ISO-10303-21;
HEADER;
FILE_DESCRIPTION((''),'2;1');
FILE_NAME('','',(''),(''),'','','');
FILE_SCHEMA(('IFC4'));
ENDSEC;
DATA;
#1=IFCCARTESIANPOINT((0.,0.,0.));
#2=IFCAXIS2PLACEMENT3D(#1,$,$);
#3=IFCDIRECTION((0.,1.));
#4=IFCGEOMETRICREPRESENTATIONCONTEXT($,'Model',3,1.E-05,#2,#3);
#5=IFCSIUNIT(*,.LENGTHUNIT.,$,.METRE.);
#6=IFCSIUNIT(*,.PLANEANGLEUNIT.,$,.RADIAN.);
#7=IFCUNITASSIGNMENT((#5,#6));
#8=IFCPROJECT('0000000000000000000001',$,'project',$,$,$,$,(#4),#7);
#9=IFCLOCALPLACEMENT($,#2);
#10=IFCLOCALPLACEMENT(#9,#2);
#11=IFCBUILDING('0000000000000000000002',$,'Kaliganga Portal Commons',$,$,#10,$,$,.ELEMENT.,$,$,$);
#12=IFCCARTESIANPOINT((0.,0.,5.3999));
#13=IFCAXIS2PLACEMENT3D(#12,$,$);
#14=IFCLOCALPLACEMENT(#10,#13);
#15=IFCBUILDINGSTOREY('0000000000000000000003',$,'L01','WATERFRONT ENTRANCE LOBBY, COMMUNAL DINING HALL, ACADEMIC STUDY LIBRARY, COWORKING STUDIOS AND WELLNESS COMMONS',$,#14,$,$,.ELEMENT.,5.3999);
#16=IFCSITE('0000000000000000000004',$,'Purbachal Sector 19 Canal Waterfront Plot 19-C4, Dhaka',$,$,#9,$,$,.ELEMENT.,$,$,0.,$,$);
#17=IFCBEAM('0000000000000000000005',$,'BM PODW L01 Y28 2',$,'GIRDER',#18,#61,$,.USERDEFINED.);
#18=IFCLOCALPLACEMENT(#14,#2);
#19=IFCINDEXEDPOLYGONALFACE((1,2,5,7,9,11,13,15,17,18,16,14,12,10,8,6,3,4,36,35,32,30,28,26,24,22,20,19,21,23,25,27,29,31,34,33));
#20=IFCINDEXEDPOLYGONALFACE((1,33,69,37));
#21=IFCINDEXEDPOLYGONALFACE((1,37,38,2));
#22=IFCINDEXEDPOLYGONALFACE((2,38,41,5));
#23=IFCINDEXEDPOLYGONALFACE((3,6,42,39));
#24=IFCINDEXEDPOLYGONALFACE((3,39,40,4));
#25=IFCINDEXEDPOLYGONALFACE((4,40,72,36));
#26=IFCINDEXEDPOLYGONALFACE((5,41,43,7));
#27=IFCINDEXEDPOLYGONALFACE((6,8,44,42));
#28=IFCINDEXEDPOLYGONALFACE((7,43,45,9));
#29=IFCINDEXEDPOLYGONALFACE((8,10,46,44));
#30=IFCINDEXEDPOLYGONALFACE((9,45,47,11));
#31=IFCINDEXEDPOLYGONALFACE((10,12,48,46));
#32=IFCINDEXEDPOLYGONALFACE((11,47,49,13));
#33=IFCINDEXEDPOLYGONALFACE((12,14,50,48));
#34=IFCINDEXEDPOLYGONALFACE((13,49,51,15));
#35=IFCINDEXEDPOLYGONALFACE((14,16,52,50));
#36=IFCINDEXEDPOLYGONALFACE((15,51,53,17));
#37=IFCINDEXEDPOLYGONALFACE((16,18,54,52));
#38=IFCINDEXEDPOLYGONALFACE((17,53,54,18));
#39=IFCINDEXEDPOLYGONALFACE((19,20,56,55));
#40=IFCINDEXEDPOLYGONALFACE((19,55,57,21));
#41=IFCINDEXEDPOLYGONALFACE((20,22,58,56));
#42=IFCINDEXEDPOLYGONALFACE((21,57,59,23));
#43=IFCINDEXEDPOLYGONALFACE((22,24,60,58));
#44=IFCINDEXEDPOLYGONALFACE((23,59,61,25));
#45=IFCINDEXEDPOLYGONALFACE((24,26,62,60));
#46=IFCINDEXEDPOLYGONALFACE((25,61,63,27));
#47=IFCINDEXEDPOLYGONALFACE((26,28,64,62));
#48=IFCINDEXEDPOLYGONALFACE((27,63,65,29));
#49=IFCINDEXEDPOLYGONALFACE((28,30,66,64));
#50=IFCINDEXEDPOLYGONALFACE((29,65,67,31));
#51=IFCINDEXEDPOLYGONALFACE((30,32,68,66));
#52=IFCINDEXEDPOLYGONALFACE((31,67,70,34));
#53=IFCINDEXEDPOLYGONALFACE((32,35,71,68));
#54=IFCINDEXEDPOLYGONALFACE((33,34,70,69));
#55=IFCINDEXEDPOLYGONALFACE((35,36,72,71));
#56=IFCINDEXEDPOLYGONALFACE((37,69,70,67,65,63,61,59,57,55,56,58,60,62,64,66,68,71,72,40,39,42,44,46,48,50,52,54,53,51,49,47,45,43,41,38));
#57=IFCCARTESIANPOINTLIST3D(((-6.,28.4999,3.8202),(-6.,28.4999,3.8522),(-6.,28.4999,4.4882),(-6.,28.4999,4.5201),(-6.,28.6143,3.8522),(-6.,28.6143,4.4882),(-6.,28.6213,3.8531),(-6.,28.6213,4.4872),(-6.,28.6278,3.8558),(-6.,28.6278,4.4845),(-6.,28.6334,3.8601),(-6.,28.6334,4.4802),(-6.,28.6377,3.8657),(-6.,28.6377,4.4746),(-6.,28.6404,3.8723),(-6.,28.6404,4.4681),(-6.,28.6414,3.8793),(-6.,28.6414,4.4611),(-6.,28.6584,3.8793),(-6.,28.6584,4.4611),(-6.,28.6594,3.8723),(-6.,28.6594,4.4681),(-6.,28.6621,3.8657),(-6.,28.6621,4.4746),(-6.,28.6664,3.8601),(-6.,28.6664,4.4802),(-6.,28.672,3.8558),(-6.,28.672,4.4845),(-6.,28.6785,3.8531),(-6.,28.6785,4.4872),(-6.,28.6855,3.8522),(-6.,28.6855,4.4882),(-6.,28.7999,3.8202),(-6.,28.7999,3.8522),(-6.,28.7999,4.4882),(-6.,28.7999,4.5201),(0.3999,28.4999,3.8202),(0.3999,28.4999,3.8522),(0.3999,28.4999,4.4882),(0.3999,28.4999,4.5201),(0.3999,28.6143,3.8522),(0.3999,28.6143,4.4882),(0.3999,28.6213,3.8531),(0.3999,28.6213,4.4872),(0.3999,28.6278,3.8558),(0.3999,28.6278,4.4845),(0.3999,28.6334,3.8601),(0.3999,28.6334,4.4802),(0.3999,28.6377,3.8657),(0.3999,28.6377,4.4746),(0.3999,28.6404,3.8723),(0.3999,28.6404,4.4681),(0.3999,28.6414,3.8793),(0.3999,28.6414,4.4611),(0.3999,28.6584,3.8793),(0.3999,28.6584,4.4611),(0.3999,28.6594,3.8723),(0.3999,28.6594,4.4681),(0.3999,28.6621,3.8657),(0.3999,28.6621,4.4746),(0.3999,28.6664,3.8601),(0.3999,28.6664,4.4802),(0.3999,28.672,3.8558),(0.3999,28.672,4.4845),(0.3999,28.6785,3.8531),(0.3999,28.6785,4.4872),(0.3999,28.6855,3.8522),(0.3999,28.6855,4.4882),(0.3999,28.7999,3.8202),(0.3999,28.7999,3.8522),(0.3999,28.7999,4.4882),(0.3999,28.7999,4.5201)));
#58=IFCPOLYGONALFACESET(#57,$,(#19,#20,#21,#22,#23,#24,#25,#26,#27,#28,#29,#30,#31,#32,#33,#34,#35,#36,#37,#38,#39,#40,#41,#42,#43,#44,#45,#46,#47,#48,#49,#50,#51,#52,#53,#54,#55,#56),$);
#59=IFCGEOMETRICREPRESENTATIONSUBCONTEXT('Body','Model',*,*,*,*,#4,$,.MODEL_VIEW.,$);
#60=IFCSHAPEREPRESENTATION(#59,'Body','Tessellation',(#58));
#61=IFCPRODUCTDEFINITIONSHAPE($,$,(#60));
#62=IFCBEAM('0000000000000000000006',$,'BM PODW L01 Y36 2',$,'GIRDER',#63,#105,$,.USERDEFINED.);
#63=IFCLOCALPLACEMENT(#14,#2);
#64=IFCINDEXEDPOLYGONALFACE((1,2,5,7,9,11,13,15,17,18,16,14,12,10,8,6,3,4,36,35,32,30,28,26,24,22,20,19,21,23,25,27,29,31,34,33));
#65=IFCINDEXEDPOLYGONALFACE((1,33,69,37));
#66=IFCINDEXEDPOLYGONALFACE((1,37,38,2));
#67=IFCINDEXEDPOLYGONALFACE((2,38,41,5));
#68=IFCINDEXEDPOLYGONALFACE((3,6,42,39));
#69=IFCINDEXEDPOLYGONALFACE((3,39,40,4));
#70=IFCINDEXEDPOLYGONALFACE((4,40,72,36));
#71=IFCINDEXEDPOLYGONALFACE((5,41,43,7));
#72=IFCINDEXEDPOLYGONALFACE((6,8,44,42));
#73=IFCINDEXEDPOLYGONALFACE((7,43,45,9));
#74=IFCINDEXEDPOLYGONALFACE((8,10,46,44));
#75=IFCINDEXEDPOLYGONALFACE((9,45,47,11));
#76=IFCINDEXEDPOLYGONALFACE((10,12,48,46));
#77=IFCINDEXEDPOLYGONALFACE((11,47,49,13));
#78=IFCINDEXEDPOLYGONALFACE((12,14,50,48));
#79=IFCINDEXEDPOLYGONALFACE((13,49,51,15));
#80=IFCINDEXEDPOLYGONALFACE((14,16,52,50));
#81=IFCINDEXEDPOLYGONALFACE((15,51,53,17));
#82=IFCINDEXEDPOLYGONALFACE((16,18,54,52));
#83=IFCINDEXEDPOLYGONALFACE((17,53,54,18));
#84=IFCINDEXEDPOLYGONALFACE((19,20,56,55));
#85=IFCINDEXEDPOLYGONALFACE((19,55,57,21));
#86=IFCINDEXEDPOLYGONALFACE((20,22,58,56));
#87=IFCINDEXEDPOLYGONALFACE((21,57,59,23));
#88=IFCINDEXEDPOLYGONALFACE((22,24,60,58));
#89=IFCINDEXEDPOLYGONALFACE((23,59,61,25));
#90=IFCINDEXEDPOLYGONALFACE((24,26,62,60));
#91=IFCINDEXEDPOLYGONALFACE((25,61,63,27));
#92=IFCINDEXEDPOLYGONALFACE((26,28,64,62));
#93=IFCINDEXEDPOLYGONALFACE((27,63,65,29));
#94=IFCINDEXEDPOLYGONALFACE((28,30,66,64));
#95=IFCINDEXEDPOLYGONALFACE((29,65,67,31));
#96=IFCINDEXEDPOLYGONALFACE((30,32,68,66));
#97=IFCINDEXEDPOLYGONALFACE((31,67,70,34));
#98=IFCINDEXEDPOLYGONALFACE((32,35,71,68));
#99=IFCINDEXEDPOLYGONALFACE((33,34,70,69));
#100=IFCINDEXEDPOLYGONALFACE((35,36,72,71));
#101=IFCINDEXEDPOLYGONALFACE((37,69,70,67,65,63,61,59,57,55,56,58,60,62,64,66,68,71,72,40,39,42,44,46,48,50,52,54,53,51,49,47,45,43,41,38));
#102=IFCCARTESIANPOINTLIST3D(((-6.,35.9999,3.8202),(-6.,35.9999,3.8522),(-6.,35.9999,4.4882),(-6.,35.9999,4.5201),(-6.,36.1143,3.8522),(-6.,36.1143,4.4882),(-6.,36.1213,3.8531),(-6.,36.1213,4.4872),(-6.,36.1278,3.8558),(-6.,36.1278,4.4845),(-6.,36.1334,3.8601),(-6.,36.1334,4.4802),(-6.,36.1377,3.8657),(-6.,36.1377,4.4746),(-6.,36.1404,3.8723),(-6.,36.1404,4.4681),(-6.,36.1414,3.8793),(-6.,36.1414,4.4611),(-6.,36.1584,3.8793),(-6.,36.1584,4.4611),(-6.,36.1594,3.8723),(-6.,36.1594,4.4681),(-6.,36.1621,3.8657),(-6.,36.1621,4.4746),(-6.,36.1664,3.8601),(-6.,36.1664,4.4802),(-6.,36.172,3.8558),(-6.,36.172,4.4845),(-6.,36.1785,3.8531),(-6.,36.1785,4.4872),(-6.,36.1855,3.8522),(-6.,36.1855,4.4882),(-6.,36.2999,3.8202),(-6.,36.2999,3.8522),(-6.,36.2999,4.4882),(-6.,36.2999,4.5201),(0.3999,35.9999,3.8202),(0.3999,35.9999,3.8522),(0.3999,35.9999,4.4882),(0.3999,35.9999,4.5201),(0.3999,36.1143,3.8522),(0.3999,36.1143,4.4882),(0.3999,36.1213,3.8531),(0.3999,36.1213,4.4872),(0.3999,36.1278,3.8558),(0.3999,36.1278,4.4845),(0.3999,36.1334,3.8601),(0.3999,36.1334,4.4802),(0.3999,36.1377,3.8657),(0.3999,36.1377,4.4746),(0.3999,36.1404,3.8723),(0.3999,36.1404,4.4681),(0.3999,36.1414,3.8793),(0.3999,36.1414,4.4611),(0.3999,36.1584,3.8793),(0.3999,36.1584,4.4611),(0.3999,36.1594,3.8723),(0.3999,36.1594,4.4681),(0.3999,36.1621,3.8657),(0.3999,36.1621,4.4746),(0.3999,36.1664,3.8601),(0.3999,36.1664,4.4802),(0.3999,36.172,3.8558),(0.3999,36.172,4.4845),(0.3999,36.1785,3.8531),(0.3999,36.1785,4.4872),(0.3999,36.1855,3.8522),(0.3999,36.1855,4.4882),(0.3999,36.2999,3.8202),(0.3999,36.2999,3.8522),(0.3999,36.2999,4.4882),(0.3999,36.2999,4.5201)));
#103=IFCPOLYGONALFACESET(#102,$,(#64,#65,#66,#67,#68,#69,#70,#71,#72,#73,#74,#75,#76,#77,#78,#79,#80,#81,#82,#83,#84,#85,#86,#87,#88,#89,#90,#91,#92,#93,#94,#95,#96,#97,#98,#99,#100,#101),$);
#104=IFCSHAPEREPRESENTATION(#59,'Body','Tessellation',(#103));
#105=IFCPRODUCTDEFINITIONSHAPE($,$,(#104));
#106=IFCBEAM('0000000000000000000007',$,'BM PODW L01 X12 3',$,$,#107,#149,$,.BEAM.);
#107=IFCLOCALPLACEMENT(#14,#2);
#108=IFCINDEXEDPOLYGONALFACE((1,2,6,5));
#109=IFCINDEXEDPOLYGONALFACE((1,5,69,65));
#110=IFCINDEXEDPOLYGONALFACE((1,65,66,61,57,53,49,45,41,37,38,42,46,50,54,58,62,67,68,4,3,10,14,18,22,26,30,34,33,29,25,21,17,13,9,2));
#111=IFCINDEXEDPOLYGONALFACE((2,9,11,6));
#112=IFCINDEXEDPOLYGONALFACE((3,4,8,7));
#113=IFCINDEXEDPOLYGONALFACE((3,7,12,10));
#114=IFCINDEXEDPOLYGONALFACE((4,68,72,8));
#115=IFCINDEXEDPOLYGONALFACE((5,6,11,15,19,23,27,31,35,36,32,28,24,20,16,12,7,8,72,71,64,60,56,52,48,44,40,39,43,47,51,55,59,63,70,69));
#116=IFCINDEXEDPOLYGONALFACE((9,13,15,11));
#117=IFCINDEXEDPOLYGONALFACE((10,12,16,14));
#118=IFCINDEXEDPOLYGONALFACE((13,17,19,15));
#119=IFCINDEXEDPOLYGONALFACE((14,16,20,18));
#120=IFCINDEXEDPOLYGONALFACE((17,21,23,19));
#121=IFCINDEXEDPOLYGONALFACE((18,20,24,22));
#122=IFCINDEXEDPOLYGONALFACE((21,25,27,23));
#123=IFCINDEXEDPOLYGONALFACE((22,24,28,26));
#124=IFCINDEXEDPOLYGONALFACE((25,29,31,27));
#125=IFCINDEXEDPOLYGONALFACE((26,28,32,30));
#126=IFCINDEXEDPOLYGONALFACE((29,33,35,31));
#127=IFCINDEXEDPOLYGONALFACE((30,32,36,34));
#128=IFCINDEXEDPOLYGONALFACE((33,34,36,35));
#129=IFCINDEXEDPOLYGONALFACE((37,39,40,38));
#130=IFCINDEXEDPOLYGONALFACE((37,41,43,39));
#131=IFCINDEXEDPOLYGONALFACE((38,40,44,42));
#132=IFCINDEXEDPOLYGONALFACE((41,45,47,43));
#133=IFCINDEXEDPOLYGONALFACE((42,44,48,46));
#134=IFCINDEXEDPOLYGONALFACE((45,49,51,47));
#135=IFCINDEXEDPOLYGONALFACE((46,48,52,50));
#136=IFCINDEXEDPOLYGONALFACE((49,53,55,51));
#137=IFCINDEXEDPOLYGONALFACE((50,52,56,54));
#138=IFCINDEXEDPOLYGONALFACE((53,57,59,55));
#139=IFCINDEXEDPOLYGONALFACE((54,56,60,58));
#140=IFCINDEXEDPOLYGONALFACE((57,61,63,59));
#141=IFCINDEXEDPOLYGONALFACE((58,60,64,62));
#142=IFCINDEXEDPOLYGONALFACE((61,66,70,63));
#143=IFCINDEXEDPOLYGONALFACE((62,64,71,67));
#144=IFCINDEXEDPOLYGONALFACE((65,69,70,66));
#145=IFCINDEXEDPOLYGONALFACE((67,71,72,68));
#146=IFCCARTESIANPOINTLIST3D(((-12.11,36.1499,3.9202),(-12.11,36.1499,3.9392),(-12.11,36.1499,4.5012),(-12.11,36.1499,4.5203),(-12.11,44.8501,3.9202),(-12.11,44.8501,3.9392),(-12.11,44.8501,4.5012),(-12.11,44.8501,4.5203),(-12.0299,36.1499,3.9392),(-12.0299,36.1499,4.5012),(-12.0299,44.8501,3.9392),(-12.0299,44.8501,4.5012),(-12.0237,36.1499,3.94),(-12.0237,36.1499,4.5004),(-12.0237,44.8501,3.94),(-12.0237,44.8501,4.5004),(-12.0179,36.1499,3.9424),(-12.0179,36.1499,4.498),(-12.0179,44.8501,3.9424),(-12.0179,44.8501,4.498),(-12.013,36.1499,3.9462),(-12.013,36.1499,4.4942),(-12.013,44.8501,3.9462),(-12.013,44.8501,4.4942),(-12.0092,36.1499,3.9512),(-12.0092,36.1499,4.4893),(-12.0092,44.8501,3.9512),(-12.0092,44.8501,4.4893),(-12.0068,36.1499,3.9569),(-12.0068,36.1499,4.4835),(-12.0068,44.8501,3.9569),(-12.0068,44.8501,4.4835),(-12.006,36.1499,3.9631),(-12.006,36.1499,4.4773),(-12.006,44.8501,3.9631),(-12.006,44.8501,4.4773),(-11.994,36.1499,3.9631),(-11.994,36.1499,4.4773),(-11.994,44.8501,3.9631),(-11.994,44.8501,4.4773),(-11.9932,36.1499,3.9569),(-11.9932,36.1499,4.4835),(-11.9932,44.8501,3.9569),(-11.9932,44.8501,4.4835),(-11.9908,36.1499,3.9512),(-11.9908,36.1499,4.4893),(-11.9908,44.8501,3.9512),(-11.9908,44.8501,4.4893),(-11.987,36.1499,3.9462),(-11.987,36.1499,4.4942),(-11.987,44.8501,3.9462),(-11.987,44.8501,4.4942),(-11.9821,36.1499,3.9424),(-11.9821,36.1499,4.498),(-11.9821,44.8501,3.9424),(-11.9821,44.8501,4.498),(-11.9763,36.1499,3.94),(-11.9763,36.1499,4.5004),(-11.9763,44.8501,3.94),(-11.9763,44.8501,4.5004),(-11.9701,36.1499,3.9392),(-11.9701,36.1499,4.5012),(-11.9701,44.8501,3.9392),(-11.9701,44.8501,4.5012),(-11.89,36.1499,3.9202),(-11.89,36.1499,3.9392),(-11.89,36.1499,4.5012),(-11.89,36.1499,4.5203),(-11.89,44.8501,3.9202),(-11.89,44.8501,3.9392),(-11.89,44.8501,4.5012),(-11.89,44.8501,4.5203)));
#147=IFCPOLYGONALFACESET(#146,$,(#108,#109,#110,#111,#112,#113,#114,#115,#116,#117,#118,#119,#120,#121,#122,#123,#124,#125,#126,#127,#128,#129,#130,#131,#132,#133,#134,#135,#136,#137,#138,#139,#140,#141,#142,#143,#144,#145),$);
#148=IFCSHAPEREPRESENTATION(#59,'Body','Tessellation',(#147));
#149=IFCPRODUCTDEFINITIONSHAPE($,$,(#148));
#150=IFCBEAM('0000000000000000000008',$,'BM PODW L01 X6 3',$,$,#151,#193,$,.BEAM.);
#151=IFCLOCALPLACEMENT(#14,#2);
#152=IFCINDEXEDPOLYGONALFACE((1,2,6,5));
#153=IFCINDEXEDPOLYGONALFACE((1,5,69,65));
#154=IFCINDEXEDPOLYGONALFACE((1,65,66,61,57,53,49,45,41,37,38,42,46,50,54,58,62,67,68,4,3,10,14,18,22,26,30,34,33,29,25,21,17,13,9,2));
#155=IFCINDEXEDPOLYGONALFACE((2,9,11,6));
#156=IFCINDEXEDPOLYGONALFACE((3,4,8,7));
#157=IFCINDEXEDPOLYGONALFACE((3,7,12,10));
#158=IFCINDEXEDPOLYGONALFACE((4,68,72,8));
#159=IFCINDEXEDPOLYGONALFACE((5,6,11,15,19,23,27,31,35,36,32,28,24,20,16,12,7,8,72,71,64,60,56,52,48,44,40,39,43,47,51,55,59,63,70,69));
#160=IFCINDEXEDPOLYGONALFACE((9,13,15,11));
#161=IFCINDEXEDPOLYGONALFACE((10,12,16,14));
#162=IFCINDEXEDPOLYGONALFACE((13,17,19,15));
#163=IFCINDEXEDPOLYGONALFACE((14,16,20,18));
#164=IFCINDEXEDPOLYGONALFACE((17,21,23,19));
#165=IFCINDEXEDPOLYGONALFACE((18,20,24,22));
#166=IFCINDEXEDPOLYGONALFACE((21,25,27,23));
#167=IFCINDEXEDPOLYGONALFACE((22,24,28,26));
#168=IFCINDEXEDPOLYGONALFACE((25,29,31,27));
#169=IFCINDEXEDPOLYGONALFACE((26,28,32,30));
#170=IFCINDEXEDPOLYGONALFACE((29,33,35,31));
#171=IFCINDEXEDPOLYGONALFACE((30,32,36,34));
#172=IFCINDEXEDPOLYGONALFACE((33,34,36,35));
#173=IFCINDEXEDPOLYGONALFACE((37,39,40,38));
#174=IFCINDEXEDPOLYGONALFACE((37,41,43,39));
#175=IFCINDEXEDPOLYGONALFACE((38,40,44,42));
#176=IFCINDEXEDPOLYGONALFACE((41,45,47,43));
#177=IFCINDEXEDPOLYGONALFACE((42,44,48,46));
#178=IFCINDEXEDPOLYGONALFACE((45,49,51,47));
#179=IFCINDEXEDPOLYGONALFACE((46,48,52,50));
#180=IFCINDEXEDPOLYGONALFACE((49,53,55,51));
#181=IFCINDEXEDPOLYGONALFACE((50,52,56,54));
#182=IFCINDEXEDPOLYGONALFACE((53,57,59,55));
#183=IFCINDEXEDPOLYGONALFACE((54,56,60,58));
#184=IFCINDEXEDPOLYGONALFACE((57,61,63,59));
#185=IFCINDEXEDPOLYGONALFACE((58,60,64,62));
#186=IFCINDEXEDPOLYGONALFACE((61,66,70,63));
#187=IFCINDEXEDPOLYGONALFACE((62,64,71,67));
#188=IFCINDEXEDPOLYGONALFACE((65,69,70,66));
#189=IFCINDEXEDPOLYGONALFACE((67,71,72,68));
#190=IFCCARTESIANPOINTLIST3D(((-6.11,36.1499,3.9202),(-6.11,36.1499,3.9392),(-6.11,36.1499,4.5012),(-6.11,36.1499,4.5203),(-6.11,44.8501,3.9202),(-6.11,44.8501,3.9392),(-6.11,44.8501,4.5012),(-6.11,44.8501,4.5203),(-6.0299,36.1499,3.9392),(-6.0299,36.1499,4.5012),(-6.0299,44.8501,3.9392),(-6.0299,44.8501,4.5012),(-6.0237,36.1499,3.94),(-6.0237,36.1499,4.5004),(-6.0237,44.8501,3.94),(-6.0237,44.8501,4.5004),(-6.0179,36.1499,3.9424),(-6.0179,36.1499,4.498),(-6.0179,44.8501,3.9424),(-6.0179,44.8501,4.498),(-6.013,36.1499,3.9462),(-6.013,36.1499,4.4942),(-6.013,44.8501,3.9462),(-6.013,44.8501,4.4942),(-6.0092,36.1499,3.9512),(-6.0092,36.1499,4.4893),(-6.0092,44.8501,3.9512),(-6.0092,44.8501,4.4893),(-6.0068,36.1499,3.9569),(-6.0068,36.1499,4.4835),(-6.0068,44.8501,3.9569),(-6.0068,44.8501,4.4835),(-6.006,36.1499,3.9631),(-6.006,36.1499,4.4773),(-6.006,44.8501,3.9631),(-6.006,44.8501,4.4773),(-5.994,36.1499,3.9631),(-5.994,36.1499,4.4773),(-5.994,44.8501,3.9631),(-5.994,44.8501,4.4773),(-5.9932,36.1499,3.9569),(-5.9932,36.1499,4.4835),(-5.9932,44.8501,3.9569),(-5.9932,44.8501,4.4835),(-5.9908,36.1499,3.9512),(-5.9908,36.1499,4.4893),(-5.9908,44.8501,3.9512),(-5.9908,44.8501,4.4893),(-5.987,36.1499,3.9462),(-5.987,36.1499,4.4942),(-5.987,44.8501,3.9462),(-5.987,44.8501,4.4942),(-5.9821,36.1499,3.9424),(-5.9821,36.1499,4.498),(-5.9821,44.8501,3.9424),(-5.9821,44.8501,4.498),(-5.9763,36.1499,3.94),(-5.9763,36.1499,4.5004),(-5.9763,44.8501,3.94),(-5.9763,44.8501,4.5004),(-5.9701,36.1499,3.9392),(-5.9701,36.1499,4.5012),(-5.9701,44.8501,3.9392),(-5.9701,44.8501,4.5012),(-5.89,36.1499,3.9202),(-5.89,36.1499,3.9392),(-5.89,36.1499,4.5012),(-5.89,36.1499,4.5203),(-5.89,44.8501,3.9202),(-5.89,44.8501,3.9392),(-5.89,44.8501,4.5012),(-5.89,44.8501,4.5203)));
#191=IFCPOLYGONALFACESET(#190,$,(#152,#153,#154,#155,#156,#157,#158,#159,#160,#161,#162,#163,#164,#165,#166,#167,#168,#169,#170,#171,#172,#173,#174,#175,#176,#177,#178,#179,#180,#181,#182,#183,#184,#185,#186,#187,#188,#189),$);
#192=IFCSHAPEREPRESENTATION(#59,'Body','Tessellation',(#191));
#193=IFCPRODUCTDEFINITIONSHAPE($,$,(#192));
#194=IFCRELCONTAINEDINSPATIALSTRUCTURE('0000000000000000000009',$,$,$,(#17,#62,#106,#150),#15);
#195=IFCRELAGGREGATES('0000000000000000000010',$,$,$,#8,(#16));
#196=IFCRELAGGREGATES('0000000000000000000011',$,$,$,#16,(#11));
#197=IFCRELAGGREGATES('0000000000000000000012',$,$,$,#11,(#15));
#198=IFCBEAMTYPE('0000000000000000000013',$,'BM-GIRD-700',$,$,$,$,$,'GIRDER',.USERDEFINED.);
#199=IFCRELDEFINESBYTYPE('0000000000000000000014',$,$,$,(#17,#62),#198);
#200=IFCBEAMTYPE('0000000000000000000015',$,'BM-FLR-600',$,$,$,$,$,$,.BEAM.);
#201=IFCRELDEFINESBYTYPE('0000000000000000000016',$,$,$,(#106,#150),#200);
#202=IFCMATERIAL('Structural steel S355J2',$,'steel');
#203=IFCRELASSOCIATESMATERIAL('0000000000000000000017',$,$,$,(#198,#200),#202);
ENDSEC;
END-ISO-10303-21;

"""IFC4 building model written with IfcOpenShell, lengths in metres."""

from ifc_helpers import new_model, si_unit, direction, frame, origin, origin_2d, place, context, subcontext, project, spatial, i_section, extrude, source, transform, mapped, material, material_profile, profile_set, type_object, element, save


model = new_model("IFC4")

# Units and contexts
model_context = context("Model", 3, precision=1e-05, world=origin(), true_north=direction((0.0, 1.0)))
body_context = subcontext(model_context, "Body", "Model", "MODEL_VIEW")
ifc_project = project(units=[si_unit("LENGTHUNIT", "METRE"), si_unit("PLANEANGLEUNIT", "RADIAN")], contexts=[model_context])

# Site, building, storey
site_placement = place(None, origin())
site = spatial("IfcSite", under=ifc_project, at=site_placement, Name="Purbachal Sector 19 Canal Waterfront Plot 19-C4, Dhaka", CompositionType="ELEMENT", RefElevation=0.0)
building_placement = place(site_placement, origin())
building = spatial("IfcBuilding", under=site, at=building_placement, Name="Kaliganga Portal Commons", CompositionType="ELEMENT")
storey_placement = place(building_placement, frame((0.0, 0.0, 5.3999)))
storey = spatial("IfcBuildingStorey", under=building, at=storey_placement, Name="L01", Description="WATERFRONT ENTRANCE LOBBY, COMMUNAL DINING HALL, ACADEMIC STUDY LIBRARY, COWORKING STUDIOS AND WELLNESS COMMONS", CompositionType="ELEMENT", Elevation=5.3999)

# Beams
ifc_material_1 = material(Name="Structural steel S355J2", Category="steel")
ifc_material_profile_1 = material_profile(ifc_material_1, i_section(OverallWidth=0.3, OverallDepth=0.7, WebThickness=0.0171, FlangeThickness=0.032, FilletRadius=0.0271, at=origin_2d()), Name="HE 700 B")
ifc_profile_set_1 = profile_set([ifc_material_profile_1], Name="Structural steel S355J2 wide-flange")
beam_type_1 = type_object("IfcBeamType", Name="BM-GIRD-700", ElementType="GIRDER", PredefinedType="USERDEFINED", material=ifc_profile_set_1)
ifc_material_profile_2 = material_profile(ifc_material_1, i_section(OverallWidth=0.22, OverallDepth=0.6001, WebThickness=0.012, FlangeThickness=0.019, FilletRadius=0.0239, at=origin_2d()), Name="IPE 600")
ifc_profile_set_2 = profile_set([ifc_material_profile_2], Name="Structural steel S355J2 wide-flange")
beam_type_2 = type_object("IfcBeamType", Name="BM-FLR-600", PredefinedType="BEAM", material=ifc_profile_set_2)
shared_shape_1 = source(origin(), body_context, "Body", "SweptSolid", [
    extrude(i_section(OverallWidth=0.3, OverallDepth=0.7, WebThickness=0.0171, FlangeThickness=0.032, FilletRadius=0.0271, at=origin_2d()), origin(), (0.0, 0.0, 1.0), 6.3999),
])
for number, where, z_axis, x_axis, name in (
    (1, (-6.0, 28.6499, 4.1702), (1.0, 0.0, 0.0), (0.0, 1.0, 0.0), "BM PODW L01 Y28 2"),
    (2, (-6.0, 36.1499, 4.1702), (1.0, 0.0, 0.0), (0.0, 1.0, 0.0), "BM PODW L01 Y36 2"),
):
    element("IfcBeam", number, at=place(storey_placement, frame(where, z_axis=z_axis, x_axis=x_axis)), inside=storey, type_object=beam_type_1, Name=name, ObjectType="GIRDER", PredefinedType="USERDEFINED", context=body_context, shape_type="MappedRepresentation", body=[
        mapped(shared_shape_1, transform((0.0, 0.0, 0.0), x_axis=(1.0, 0.0, 0.0), y_axis=(0.0, 1.0, 0.0), z_axis=(0.0, 0.0, 1.0), scale=1.0)),
    ])
shared_shape_2 = source(origin(), body_context, "Body", "SweptSolid", [
    extrude(i_section(OverallWidth=0.22, OverallDepth=0.6001, WebThickness=0.012, FlangeThickness=0.019, FilletRadius=0.0239, at=origin_2d()), origin(), (0.0, 0.0, 1.0), 8.7002),
])
for number, where, z_axis, x_axis, name in (
    (3, (-12.0, 36.1499, 4.2202), (0.0, 1.0, 0.0), (-1.0, 0.0, 0.0), "BM PODW L01 X12 3"),
    (4, (-6.0, 36.1499, 4.2202), (0.0, 1.0, 0.0), (-1.0, 0.0, 0.0), "BM PODW L01 X6 3"),
):
    element("IfcBeam", number, at=place(storey_placement, frame(where, z_axis=z_axis, x_axis=x_axis)), inside=storey, type_object=beam_type_2, Name=name, PredefinedType="BEAM", context=body_context, shape_type="MappedRepresentation", body=[
        mapped(shared_shape_2, transform((0.0, 0.0, 0.0), x_axis=(1.0, 0.0, 0.0), y_axis=(0.0, 1.0, 0.0), z_axis=(0.0, 0.0, 1.0), scale=1.0)),
    ])

save(model, "model.ifc")
